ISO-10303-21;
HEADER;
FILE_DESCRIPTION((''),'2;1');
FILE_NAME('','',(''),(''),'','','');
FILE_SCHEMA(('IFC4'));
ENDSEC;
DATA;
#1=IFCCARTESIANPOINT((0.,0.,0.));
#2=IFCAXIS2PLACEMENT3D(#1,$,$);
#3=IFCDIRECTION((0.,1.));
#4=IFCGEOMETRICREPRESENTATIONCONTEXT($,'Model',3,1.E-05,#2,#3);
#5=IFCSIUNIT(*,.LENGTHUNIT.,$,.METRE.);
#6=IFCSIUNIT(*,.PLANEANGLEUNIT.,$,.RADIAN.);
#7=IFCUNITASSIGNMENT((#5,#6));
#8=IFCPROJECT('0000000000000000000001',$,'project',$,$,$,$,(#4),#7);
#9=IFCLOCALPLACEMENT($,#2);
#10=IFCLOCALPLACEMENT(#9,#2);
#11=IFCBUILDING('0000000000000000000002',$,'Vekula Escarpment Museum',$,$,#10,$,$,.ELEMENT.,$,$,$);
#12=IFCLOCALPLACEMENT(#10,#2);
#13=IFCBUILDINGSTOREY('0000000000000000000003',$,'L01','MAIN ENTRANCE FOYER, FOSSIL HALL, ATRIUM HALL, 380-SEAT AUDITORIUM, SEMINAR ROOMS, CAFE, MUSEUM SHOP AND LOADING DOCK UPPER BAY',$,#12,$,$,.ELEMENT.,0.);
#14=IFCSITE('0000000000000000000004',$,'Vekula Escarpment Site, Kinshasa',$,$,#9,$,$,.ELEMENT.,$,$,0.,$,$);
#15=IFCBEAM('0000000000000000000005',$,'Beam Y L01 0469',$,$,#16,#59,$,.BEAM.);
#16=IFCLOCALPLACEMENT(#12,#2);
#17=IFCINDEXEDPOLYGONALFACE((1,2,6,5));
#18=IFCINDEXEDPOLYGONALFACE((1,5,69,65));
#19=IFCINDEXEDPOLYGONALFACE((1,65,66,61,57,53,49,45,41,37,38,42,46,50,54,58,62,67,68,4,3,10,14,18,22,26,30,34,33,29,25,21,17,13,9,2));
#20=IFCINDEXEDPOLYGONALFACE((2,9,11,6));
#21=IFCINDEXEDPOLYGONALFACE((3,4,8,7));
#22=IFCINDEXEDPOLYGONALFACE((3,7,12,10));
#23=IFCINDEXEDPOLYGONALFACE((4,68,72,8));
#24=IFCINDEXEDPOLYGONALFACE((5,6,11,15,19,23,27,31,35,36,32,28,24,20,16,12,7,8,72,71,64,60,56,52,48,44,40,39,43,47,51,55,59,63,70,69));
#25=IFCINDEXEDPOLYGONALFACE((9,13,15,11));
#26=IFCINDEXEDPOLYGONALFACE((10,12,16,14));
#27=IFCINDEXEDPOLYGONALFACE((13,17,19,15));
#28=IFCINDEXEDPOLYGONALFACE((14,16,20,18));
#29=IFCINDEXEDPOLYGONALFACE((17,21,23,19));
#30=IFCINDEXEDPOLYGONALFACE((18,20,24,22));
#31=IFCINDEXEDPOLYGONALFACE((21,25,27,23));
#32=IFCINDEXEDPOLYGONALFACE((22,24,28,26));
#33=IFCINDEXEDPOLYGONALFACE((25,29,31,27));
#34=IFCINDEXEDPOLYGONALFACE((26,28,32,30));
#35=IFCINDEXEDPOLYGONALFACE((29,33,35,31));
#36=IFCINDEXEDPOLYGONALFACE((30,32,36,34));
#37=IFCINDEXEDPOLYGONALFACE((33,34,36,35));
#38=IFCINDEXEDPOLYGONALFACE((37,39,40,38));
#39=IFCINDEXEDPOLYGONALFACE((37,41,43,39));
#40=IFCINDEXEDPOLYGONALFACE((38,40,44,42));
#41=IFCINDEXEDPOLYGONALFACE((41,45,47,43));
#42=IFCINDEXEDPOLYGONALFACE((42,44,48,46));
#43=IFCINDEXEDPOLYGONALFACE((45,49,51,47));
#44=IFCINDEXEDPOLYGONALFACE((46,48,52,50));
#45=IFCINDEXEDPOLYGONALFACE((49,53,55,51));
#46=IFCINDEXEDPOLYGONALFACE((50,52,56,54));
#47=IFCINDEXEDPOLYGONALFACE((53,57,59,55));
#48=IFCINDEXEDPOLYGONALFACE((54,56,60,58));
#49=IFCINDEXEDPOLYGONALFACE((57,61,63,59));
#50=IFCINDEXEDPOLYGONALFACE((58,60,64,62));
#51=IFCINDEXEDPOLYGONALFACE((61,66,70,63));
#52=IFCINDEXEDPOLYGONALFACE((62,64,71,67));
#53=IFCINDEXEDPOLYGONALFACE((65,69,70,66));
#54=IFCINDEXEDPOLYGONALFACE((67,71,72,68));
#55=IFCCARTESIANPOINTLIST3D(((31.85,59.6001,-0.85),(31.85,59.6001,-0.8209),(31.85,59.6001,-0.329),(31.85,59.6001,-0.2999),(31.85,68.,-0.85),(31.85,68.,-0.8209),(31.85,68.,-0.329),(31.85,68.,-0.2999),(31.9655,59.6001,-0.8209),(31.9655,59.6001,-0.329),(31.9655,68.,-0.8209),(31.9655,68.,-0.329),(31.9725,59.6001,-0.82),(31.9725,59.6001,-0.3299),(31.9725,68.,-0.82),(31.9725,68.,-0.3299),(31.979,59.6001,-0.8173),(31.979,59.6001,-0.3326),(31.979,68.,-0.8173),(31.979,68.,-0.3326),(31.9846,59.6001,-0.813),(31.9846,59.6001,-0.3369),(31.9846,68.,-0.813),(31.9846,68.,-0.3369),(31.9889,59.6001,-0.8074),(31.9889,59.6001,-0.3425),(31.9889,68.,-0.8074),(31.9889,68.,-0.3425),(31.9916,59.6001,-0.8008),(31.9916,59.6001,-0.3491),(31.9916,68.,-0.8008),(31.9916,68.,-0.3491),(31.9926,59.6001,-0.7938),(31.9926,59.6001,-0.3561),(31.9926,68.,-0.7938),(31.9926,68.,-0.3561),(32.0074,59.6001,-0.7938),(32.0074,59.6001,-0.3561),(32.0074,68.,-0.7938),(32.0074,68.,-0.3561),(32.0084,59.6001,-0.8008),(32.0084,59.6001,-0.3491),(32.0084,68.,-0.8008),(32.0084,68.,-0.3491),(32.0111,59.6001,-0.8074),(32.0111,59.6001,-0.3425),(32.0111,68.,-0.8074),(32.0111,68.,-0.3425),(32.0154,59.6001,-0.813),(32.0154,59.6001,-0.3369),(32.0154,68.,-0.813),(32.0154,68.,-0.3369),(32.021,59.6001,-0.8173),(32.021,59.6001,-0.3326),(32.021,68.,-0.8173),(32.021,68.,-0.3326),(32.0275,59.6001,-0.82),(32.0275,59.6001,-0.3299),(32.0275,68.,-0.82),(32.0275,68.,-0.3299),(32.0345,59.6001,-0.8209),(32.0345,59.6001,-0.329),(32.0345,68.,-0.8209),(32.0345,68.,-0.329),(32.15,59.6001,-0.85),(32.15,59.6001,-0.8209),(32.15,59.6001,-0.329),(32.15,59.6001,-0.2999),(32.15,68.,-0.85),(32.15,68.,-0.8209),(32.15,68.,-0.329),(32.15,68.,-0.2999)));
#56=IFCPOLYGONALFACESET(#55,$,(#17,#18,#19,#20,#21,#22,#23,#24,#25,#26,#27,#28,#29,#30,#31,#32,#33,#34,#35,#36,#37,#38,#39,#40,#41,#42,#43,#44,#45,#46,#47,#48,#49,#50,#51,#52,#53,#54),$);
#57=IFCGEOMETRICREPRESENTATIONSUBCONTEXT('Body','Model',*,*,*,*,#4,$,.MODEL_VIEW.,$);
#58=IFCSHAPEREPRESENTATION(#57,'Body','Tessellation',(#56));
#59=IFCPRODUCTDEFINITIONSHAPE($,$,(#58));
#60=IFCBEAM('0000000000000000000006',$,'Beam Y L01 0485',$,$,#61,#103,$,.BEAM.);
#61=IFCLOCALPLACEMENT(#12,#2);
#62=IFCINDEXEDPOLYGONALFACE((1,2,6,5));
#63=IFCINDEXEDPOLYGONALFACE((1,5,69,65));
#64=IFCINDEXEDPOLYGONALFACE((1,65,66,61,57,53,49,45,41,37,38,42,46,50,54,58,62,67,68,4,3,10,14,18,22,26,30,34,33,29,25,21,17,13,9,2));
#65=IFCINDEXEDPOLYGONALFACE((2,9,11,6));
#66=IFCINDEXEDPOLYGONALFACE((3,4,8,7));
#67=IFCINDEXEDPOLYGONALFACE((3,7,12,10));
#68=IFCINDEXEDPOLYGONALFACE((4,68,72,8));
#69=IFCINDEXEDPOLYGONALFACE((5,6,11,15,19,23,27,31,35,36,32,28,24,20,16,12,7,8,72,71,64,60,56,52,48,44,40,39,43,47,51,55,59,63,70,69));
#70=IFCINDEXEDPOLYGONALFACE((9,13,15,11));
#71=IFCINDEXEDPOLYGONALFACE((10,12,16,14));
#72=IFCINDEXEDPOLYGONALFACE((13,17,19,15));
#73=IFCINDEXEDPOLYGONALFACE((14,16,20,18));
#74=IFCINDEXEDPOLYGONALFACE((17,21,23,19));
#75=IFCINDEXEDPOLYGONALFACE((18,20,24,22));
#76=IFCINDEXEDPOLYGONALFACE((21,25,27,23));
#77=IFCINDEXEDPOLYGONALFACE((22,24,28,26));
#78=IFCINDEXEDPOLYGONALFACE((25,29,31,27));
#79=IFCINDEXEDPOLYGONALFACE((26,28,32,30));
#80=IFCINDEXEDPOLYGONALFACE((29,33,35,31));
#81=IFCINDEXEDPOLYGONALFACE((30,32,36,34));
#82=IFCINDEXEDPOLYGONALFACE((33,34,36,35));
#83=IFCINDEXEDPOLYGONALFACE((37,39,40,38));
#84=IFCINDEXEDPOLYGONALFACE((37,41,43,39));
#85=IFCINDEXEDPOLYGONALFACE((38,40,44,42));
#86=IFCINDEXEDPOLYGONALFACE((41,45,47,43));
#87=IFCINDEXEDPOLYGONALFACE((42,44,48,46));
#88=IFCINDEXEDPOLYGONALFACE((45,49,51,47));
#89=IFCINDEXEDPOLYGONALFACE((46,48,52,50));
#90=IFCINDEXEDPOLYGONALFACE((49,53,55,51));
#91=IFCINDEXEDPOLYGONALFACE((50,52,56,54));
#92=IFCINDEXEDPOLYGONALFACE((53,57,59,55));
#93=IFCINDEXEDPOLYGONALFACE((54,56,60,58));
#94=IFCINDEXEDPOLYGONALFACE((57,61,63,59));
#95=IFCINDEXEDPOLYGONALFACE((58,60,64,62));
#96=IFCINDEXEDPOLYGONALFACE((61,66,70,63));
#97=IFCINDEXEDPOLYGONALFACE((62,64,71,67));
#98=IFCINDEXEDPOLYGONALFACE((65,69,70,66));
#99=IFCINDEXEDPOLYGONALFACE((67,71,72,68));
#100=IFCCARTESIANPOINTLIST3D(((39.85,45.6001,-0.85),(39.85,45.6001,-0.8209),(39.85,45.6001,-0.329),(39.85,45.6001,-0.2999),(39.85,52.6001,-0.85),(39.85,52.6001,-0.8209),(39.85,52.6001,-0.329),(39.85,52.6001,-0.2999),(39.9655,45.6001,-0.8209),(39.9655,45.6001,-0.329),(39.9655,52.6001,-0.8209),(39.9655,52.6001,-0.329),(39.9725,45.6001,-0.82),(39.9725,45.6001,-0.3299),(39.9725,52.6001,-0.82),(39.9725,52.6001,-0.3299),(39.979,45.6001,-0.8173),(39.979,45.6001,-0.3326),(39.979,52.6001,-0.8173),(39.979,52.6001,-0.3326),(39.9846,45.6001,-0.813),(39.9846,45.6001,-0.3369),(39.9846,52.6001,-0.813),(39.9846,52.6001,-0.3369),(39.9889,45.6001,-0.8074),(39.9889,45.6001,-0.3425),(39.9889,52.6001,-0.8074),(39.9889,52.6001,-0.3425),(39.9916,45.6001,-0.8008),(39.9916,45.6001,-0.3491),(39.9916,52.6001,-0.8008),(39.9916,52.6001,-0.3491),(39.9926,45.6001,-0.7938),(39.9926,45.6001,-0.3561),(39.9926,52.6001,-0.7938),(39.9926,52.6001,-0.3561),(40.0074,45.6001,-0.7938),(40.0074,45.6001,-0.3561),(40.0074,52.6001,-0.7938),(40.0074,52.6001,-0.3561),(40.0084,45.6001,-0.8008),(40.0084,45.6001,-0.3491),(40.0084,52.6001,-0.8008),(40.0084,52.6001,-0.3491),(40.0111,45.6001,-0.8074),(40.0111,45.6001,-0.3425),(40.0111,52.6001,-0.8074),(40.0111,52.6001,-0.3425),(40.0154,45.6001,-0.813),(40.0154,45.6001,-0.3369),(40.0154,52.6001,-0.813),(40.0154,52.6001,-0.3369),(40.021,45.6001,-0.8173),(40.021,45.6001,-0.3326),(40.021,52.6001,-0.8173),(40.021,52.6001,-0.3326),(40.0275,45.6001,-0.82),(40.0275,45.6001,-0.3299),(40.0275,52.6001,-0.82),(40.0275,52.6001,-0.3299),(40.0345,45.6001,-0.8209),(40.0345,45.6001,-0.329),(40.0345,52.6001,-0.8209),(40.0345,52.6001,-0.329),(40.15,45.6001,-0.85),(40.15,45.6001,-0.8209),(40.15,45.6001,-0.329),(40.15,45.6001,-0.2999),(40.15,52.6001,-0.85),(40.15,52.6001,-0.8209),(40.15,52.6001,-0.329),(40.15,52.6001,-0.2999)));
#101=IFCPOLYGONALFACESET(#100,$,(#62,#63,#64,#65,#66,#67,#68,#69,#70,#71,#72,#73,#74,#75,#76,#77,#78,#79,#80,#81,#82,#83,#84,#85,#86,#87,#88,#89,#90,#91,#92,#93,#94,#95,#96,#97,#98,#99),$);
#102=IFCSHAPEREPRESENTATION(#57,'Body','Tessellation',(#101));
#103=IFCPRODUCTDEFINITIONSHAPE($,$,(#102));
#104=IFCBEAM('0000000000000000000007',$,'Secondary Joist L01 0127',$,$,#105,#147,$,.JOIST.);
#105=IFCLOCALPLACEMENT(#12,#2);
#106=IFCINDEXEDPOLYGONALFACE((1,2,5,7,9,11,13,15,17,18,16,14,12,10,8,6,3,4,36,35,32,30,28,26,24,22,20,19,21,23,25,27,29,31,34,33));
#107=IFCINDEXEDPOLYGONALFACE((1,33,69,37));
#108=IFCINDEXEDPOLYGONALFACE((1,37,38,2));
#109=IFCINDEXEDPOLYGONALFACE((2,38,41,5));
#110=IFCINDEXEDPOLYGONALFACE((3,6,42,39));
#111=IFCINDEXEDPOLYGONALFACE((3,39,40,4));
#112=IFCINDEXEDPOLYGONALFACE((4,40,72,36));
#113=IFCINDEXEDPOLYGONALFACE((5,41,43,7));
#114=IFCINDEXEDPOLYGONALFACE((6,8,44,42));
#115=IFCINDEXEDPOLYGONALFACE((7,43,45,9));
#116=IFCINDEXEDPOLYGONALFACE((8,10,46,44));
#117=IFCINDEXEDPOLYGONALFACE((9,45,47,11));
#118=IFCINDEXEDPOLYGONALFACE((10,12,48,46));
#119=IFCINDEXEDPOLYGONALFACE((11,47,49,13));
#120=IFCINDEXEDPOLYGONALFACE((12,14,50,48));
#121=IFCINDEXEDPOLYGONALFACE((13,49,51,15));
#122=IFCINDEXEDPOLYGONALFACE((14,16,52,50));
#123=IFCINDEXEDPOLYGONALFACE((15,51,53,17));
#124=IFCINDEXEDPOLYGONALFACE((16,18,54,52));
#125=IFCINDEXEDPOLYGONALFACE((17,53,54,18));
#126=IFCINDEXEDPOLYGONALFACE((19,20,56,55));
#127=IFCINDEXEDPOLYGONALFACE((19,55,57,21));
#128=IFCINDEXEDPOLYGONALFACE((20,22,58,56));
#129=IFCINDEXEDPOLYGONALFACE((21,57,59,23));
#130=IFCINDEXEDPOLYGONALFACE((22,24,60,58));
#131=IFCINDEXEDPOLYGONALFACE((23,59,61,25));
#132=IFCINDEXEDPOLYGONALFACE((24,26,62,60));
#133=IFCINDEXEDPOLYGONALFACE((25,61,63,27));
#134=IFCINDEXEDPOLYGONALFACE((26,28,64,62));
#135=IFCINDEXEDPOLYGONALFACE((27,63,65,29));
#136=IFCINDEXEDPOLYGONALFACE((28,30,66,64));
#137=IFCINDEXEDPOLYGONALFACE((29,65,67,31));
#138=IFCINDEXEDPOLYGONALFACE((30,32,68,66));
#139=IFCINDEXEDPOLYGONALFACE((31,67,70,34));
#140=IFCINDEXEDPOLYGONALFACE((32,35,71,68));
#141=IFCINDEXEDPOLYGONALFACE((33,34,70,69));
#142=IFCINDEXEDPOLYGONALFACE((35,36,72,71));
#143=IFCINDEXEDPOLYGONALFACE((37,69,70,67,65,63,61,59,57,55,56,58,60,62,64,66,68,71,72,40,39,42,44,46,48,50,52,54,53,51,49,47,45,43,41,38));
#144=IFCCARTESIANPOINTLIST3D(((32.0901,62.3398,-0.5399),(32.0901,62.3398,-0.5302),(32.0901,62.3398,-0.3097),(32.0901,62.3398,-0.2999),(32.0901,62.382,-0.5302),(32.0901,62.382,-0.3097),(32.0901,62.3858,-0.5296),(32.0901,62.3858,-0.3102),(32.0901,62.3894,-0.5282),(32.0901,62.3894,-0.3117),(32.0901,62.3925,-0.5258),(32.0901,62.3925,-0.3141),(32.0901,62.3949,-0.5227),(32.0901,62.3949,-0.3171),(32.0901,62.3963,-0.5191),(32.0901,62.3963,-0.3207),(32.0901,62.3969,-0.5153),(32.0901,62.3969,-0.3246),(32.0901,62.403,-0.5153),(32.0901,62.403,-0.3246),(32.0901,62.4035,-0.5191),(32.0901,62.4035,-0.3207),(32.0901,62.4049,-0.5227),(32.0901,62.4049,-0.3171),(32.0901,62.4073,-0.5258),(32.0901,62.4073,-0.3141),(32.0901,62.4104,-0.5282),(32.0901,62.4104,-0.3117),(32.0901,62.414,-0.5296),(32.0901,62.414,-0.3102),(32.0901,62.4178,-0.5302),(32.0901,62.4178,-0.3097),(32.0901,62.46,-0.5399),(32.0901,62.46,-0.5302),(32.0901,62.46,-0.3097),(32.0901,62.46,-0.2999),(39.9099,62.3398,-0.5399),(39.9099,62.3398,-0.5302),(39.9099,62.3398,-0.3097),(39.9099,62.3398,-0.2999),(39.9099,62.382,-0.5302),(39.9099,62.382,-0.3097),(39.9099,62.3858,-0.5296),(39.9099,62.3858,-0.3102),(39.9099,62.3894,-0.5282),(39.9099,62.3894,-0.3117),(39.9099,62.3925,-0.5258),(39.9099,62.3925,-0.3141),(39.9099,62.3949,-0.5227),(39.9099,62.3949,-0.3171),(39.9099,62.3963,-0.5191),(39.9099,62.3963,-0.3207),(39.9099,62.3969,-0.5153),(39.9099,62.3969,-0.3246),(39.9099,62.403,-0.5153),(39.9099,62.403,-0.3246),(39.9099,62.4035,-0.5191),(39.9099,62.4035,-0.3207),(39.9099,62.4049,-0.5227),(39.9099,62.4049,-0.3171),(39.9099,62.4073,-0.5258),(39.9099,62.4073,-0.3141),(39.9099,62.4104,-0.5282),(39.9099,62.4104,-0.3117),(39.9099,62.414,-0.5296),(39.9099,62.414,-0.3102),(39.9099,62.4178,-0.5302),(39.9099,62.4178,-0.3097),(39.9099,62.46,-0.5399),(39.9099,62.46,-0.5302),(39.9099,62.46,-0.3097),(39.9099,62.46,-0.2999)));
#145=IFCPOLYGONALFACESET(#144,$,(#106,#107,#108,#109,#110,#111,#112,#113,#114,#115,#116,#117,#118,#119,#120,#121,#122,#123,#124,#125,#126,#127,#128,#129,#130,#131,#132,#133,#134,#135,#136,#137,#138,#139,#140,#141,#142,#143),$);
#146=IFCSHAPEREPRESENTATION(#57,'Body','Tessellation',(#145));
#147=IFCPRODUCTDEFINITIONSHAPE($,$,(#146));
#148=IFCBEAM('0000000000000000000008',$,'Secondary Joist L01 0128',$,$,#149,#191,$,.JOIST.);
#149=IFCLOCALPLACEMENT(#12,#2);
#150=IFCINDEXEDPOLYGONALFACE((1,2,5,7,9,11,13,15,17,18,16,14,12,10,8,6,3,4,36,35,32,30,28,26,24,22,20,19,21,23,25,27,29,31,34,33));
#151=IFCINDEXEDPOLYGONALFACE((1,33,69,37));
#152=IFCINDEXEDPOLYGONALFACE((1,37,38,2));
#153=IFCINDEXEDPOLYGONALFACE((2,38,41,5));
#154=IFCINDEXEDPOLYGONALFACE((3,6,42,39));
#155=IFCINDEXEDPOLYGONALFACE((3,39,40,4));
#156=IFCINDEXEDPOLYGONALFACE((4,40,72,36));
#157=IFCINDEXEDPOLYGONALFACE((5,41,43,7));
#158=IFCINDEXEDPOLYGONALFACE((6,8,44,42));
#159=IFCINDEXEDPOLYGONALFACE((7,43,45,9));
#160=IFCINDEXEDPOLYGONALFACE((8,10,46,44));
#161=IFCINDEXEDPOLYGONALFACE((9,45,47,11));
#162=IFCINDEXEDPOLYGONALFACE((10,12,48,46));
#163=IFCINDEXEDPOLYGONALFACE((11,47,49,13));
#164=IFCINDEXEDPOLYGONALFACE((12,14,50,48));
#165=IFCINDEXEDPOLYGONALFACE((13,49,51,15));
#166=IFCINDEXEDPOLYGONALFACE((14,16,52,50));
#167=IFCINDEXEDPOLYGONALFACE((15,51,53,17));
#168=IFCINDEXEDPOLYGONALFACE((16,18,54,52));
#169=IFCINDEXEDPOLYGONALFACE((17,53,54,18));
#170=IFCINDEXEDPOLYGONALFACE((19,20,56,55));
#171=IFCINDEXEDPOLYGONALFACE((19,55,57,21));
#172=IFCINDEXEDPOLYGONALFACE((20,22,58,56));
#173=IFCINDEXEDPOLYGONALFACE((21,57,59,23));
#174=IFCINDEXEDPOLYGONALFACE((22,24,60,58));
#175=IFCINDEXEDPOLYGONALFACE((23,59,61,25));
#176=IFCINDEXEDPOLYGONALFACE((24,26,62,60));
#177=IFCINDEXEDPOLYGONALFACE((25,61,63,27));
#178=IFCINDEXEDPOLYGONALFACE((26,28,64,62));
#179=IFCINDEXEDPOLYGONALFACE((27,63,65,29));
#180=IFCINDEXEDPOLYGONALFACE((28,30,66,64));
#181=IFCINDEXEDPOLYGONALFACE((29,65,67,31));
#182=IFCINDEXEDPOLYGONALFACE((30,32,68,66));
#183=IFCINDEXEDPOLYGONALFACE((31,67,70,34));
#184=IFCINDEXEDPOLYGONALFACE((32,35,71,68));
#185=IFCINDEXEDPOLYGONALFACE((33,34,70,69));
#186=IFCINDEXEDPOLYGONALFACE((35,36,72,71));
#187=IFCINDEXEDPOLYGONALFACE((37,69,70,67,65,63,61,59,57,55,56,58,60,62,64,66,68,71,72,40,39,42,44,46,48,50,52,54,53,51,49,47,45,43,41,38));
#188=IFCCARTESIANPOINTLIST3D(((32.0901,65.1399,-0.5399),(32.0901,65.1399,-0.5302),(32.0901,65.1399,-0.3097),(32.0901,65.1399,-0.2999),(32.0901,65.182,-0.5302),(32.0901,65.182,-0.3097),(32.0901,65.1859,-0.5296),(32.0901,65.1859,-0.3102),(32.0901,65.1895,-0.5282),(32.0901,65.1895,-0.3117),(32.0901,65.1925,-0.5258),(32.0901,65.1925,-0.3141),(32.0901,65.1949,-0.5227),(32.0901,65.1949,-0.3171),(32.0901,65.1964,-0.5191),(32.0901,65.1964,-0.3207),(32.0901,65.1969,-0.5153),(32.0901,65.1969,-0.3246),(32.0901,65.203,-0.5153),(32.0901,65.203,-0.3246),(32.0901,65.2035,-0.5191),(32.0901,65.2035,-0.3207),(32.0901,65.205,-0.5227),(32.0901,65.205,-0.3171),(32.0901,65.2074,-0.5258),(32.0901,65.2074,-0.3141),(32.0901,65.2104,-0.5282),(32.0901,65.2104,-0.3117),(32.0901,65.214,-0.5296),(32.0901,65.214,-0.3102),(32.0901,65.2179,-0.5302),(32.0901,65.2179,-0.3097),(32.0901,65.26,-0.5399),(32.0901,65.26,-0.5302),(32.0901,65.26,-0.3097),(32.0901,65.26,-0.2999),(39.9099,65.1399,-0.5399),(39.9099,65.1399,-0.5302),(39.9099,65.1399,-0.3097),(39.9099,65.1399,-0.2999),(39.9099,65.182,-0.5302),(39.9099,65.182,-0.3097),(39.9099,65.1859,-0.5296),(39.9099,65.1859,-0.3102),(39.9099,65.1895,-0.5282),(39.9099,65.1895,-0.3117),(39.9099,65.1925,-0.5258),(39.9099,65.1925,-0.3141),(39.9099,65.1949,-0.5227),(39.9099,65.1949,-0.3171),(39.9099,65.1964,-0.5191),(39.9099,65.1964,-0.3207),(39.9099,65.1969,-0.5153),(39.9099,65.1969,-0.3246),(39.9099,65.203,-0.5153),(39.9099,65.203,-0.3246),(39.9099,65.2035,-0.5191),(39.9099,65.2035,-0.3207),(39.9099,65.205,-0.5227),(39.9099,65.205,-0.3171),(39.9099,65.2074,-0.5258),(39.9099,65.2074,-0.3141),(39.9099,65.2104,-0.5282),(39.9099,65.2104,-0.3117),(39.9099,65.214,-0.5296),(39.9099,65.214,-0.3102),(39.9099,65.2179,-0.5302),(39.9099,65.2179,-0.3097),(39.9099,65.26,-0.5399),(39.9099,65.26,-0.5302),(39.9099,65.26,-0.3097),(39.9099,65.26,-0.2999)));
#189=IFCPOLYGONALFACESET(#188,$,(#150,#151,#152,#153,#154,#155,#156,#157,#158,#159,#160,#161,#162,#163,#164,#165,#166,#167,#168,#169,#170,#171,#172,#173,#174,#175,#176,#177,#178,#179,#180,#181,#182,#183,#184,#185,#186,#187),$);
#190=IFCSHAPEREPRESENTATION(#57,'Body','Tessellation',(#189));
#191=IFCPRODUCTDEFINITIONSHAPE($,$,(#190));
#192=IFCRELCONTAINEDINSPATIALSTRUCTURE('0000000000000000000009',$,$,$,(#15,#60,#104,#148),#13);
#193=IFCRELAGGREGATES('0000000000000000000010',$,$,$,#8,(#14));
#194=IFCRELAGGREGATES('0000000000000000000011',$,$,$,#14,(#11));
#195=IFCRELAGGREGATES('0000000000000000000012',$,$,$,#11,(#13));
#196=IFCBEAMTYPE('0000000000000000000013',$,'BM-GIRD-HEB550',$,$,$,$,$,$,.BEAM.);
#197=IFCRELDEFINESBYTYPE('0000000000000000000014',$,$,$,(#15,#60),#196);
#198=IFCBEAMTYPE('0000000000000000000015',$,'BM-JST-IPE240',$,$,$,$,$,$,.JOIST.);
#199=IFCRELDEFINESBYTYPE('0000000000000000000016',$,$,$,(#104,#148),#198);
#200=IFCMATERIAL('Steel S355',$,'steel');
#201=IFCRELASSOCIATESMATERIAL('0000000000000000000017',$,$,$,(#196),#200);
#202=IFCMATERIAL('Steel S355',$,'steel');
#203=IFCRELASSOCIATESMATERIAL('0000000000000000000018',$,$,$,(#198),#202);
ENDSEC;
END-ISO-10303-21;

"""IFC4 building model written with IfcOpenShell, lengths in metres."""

from ifc_helpers import new_model, si_unit, direction, frame, origin, origin_2d, place, context, subcontext, project, spatial, i_section, extrude, material, material_profile, profile_set, type_object, element, save


model = new_model("IFC4")

# Units and contexts
model_context = context("Model", 3, precision=1e-05, world=origin(), true_north=direction((0.0, 1.0)))
body_context = subcontext(model_context, "Body", "Model", "MODEL_VIEW")
ifc_project = project(units=[si_unit("LENGTHUNIT", "METRE"), si_unit("PLANEANGLEUNIT", "RADIAN")], contexts=[model_context])

# Site, building, storey
site_placement = place(None, origin())
site = spatial("IfcSite", under=ifc_project, at=site_placement, Name="Vekula Escarpment Site, Kinshasa", CompositionType="ELEMENT", RefElevation=0.0)
building_placement = place(site_placement, origin())
building = spatial("IfcBuilding", under=site, at=building_placement, Name="Vekula Escarpment Museum", CompositionType="ELEMENT")
storey_placement = place(building_placement, origin())
storey = spatial("IfcBuildingStorey", under=building, at=storey_placement, Name="L01", Description="MAIN ENTRANCE FOYER, FOSSIL HALL, ATRIUM HALL, 380-SEAT AUDITORIUM, SEMINAR ROOMS, CAFE, MUSEUM SHOP AND LOADING DOCK UPPER BAY", CompositionType="ELEMENT", Elevation=0.0)

# Beams
ifc_material_1 = material(Name="Steel S355", Category="steel")
ifc_material_profile_1 = material_profile(ifc_material_1, i_section(OverallWidth=0.3, OverallDepth=0.55, WebThickness=0.0149, FlangeThickness=0.0291, FilletRadius=0.0271, at=origin_2d()), Name="HEB 550")
ifc_profile_set_1 = profile_set([ifc_material_profile_1], Name="Steel S355")
beam_type_1 = type_object("IfcBeamType", Name="BM-GIRD-HEB550", PredefinedType="BEAM", material=ifc_profile_set_1)
beam_1_placement = place(storey_placement, frame((32.0, 59.6001, -0.575), z_axis=(0.0, 1.0, 0.0), x_axis=(-1.0, 0.0, 0.0)))
element("IfcBeam", 1, at=beam_1_placement, inside=storey, type_object=beam_type_1, Name="Beam Y L01 0469", PredefinedType="BEAM", context=body_context, shape_type="SweptSolid", body=[
    extrude(i_section(OverallWidth=0.3, OverallDepth=0.55, WebThickness=0.0149, FlangeThickness=0.0291, FilletRadius=0.0271, at=origin_2d()), origin(), (0.0, 0.0, 1.0), 8.3999),
])
beam_2_placement = place(storey_placement, frame((40.0, 45.6001, -0.575), z_axis=(0.0, 1.0, 0.0), x_axis=(-1.0, 0.0, 0.0)))
element("IfcBeam", 2, at=beam_2_placement, inside=storey, type_object=beam_type_1, Name="Beam Y L01 0485", PredefinedType="BEAM", context=body_context, shape_type="SweptSolid", body=[
    extrude(i_section(OverallWidth=0.3, OverallDepth=0.55, WebThickness=0.0149, FlangeThickness=0.0291, FilletRadius=0.0271, at=origin_2d()), origin(), (0.0, 0.0, 1.0), 7.0),
])
ifc_material_2 = material(Name="Steel S355", Category="steel")
ifc_material_profile_2 = material_profile(ifc_material_2, i_section(OverallWidth=0.1201, OverallDepth=0.24, WebThickness=0.0061, FlangeThickness=0.0098, FilletRadius=0.0149, at=origin_2d()), Name="IPE 240")
ifc_profile_set_2 = profile_set([ifc_material_profile_2], Name="Steel S355")
beam_type_2 = type_object("IfcBeamType", Name="BM-JST-IPE240", PredefinedType="JOIST", material=ifc_profile_set_2)
for number, where, z_axis, x_axis, name in (
    (3, (32.0901, 62.3999, -0.4199), (1.0, 0.0, 0.0), (0.0, 1.0, 0.0), "Secondary Joist L01 0127"),
    (4, (32.0901, 65.2, -0.4199), (1.0, 0.0, 0.0), (0.0, 1.0, 0.0), "Secondary Joist L01 0128"),
):
    element("IfcBeam", number, at=place(storey_placement, frame(where, z_axis=z_axis, x_axis=x_axis)), inside=storey, type_object=beam_type_2, Name=name, PredefinedType="JOIST", context=body_context, shape_type="SweptSolid", body=[
        extrude(i_section(OverallWidth=0.1201, OverallDepth=0.24, WebThickness=0.0061, FlangeThickness=0.0098, FilletRadius=0.0149, at=origin_2d()), origin(), (0.0, 0.0, 1.0), 7.8198),
    ])

save(model, "model.ifc")
